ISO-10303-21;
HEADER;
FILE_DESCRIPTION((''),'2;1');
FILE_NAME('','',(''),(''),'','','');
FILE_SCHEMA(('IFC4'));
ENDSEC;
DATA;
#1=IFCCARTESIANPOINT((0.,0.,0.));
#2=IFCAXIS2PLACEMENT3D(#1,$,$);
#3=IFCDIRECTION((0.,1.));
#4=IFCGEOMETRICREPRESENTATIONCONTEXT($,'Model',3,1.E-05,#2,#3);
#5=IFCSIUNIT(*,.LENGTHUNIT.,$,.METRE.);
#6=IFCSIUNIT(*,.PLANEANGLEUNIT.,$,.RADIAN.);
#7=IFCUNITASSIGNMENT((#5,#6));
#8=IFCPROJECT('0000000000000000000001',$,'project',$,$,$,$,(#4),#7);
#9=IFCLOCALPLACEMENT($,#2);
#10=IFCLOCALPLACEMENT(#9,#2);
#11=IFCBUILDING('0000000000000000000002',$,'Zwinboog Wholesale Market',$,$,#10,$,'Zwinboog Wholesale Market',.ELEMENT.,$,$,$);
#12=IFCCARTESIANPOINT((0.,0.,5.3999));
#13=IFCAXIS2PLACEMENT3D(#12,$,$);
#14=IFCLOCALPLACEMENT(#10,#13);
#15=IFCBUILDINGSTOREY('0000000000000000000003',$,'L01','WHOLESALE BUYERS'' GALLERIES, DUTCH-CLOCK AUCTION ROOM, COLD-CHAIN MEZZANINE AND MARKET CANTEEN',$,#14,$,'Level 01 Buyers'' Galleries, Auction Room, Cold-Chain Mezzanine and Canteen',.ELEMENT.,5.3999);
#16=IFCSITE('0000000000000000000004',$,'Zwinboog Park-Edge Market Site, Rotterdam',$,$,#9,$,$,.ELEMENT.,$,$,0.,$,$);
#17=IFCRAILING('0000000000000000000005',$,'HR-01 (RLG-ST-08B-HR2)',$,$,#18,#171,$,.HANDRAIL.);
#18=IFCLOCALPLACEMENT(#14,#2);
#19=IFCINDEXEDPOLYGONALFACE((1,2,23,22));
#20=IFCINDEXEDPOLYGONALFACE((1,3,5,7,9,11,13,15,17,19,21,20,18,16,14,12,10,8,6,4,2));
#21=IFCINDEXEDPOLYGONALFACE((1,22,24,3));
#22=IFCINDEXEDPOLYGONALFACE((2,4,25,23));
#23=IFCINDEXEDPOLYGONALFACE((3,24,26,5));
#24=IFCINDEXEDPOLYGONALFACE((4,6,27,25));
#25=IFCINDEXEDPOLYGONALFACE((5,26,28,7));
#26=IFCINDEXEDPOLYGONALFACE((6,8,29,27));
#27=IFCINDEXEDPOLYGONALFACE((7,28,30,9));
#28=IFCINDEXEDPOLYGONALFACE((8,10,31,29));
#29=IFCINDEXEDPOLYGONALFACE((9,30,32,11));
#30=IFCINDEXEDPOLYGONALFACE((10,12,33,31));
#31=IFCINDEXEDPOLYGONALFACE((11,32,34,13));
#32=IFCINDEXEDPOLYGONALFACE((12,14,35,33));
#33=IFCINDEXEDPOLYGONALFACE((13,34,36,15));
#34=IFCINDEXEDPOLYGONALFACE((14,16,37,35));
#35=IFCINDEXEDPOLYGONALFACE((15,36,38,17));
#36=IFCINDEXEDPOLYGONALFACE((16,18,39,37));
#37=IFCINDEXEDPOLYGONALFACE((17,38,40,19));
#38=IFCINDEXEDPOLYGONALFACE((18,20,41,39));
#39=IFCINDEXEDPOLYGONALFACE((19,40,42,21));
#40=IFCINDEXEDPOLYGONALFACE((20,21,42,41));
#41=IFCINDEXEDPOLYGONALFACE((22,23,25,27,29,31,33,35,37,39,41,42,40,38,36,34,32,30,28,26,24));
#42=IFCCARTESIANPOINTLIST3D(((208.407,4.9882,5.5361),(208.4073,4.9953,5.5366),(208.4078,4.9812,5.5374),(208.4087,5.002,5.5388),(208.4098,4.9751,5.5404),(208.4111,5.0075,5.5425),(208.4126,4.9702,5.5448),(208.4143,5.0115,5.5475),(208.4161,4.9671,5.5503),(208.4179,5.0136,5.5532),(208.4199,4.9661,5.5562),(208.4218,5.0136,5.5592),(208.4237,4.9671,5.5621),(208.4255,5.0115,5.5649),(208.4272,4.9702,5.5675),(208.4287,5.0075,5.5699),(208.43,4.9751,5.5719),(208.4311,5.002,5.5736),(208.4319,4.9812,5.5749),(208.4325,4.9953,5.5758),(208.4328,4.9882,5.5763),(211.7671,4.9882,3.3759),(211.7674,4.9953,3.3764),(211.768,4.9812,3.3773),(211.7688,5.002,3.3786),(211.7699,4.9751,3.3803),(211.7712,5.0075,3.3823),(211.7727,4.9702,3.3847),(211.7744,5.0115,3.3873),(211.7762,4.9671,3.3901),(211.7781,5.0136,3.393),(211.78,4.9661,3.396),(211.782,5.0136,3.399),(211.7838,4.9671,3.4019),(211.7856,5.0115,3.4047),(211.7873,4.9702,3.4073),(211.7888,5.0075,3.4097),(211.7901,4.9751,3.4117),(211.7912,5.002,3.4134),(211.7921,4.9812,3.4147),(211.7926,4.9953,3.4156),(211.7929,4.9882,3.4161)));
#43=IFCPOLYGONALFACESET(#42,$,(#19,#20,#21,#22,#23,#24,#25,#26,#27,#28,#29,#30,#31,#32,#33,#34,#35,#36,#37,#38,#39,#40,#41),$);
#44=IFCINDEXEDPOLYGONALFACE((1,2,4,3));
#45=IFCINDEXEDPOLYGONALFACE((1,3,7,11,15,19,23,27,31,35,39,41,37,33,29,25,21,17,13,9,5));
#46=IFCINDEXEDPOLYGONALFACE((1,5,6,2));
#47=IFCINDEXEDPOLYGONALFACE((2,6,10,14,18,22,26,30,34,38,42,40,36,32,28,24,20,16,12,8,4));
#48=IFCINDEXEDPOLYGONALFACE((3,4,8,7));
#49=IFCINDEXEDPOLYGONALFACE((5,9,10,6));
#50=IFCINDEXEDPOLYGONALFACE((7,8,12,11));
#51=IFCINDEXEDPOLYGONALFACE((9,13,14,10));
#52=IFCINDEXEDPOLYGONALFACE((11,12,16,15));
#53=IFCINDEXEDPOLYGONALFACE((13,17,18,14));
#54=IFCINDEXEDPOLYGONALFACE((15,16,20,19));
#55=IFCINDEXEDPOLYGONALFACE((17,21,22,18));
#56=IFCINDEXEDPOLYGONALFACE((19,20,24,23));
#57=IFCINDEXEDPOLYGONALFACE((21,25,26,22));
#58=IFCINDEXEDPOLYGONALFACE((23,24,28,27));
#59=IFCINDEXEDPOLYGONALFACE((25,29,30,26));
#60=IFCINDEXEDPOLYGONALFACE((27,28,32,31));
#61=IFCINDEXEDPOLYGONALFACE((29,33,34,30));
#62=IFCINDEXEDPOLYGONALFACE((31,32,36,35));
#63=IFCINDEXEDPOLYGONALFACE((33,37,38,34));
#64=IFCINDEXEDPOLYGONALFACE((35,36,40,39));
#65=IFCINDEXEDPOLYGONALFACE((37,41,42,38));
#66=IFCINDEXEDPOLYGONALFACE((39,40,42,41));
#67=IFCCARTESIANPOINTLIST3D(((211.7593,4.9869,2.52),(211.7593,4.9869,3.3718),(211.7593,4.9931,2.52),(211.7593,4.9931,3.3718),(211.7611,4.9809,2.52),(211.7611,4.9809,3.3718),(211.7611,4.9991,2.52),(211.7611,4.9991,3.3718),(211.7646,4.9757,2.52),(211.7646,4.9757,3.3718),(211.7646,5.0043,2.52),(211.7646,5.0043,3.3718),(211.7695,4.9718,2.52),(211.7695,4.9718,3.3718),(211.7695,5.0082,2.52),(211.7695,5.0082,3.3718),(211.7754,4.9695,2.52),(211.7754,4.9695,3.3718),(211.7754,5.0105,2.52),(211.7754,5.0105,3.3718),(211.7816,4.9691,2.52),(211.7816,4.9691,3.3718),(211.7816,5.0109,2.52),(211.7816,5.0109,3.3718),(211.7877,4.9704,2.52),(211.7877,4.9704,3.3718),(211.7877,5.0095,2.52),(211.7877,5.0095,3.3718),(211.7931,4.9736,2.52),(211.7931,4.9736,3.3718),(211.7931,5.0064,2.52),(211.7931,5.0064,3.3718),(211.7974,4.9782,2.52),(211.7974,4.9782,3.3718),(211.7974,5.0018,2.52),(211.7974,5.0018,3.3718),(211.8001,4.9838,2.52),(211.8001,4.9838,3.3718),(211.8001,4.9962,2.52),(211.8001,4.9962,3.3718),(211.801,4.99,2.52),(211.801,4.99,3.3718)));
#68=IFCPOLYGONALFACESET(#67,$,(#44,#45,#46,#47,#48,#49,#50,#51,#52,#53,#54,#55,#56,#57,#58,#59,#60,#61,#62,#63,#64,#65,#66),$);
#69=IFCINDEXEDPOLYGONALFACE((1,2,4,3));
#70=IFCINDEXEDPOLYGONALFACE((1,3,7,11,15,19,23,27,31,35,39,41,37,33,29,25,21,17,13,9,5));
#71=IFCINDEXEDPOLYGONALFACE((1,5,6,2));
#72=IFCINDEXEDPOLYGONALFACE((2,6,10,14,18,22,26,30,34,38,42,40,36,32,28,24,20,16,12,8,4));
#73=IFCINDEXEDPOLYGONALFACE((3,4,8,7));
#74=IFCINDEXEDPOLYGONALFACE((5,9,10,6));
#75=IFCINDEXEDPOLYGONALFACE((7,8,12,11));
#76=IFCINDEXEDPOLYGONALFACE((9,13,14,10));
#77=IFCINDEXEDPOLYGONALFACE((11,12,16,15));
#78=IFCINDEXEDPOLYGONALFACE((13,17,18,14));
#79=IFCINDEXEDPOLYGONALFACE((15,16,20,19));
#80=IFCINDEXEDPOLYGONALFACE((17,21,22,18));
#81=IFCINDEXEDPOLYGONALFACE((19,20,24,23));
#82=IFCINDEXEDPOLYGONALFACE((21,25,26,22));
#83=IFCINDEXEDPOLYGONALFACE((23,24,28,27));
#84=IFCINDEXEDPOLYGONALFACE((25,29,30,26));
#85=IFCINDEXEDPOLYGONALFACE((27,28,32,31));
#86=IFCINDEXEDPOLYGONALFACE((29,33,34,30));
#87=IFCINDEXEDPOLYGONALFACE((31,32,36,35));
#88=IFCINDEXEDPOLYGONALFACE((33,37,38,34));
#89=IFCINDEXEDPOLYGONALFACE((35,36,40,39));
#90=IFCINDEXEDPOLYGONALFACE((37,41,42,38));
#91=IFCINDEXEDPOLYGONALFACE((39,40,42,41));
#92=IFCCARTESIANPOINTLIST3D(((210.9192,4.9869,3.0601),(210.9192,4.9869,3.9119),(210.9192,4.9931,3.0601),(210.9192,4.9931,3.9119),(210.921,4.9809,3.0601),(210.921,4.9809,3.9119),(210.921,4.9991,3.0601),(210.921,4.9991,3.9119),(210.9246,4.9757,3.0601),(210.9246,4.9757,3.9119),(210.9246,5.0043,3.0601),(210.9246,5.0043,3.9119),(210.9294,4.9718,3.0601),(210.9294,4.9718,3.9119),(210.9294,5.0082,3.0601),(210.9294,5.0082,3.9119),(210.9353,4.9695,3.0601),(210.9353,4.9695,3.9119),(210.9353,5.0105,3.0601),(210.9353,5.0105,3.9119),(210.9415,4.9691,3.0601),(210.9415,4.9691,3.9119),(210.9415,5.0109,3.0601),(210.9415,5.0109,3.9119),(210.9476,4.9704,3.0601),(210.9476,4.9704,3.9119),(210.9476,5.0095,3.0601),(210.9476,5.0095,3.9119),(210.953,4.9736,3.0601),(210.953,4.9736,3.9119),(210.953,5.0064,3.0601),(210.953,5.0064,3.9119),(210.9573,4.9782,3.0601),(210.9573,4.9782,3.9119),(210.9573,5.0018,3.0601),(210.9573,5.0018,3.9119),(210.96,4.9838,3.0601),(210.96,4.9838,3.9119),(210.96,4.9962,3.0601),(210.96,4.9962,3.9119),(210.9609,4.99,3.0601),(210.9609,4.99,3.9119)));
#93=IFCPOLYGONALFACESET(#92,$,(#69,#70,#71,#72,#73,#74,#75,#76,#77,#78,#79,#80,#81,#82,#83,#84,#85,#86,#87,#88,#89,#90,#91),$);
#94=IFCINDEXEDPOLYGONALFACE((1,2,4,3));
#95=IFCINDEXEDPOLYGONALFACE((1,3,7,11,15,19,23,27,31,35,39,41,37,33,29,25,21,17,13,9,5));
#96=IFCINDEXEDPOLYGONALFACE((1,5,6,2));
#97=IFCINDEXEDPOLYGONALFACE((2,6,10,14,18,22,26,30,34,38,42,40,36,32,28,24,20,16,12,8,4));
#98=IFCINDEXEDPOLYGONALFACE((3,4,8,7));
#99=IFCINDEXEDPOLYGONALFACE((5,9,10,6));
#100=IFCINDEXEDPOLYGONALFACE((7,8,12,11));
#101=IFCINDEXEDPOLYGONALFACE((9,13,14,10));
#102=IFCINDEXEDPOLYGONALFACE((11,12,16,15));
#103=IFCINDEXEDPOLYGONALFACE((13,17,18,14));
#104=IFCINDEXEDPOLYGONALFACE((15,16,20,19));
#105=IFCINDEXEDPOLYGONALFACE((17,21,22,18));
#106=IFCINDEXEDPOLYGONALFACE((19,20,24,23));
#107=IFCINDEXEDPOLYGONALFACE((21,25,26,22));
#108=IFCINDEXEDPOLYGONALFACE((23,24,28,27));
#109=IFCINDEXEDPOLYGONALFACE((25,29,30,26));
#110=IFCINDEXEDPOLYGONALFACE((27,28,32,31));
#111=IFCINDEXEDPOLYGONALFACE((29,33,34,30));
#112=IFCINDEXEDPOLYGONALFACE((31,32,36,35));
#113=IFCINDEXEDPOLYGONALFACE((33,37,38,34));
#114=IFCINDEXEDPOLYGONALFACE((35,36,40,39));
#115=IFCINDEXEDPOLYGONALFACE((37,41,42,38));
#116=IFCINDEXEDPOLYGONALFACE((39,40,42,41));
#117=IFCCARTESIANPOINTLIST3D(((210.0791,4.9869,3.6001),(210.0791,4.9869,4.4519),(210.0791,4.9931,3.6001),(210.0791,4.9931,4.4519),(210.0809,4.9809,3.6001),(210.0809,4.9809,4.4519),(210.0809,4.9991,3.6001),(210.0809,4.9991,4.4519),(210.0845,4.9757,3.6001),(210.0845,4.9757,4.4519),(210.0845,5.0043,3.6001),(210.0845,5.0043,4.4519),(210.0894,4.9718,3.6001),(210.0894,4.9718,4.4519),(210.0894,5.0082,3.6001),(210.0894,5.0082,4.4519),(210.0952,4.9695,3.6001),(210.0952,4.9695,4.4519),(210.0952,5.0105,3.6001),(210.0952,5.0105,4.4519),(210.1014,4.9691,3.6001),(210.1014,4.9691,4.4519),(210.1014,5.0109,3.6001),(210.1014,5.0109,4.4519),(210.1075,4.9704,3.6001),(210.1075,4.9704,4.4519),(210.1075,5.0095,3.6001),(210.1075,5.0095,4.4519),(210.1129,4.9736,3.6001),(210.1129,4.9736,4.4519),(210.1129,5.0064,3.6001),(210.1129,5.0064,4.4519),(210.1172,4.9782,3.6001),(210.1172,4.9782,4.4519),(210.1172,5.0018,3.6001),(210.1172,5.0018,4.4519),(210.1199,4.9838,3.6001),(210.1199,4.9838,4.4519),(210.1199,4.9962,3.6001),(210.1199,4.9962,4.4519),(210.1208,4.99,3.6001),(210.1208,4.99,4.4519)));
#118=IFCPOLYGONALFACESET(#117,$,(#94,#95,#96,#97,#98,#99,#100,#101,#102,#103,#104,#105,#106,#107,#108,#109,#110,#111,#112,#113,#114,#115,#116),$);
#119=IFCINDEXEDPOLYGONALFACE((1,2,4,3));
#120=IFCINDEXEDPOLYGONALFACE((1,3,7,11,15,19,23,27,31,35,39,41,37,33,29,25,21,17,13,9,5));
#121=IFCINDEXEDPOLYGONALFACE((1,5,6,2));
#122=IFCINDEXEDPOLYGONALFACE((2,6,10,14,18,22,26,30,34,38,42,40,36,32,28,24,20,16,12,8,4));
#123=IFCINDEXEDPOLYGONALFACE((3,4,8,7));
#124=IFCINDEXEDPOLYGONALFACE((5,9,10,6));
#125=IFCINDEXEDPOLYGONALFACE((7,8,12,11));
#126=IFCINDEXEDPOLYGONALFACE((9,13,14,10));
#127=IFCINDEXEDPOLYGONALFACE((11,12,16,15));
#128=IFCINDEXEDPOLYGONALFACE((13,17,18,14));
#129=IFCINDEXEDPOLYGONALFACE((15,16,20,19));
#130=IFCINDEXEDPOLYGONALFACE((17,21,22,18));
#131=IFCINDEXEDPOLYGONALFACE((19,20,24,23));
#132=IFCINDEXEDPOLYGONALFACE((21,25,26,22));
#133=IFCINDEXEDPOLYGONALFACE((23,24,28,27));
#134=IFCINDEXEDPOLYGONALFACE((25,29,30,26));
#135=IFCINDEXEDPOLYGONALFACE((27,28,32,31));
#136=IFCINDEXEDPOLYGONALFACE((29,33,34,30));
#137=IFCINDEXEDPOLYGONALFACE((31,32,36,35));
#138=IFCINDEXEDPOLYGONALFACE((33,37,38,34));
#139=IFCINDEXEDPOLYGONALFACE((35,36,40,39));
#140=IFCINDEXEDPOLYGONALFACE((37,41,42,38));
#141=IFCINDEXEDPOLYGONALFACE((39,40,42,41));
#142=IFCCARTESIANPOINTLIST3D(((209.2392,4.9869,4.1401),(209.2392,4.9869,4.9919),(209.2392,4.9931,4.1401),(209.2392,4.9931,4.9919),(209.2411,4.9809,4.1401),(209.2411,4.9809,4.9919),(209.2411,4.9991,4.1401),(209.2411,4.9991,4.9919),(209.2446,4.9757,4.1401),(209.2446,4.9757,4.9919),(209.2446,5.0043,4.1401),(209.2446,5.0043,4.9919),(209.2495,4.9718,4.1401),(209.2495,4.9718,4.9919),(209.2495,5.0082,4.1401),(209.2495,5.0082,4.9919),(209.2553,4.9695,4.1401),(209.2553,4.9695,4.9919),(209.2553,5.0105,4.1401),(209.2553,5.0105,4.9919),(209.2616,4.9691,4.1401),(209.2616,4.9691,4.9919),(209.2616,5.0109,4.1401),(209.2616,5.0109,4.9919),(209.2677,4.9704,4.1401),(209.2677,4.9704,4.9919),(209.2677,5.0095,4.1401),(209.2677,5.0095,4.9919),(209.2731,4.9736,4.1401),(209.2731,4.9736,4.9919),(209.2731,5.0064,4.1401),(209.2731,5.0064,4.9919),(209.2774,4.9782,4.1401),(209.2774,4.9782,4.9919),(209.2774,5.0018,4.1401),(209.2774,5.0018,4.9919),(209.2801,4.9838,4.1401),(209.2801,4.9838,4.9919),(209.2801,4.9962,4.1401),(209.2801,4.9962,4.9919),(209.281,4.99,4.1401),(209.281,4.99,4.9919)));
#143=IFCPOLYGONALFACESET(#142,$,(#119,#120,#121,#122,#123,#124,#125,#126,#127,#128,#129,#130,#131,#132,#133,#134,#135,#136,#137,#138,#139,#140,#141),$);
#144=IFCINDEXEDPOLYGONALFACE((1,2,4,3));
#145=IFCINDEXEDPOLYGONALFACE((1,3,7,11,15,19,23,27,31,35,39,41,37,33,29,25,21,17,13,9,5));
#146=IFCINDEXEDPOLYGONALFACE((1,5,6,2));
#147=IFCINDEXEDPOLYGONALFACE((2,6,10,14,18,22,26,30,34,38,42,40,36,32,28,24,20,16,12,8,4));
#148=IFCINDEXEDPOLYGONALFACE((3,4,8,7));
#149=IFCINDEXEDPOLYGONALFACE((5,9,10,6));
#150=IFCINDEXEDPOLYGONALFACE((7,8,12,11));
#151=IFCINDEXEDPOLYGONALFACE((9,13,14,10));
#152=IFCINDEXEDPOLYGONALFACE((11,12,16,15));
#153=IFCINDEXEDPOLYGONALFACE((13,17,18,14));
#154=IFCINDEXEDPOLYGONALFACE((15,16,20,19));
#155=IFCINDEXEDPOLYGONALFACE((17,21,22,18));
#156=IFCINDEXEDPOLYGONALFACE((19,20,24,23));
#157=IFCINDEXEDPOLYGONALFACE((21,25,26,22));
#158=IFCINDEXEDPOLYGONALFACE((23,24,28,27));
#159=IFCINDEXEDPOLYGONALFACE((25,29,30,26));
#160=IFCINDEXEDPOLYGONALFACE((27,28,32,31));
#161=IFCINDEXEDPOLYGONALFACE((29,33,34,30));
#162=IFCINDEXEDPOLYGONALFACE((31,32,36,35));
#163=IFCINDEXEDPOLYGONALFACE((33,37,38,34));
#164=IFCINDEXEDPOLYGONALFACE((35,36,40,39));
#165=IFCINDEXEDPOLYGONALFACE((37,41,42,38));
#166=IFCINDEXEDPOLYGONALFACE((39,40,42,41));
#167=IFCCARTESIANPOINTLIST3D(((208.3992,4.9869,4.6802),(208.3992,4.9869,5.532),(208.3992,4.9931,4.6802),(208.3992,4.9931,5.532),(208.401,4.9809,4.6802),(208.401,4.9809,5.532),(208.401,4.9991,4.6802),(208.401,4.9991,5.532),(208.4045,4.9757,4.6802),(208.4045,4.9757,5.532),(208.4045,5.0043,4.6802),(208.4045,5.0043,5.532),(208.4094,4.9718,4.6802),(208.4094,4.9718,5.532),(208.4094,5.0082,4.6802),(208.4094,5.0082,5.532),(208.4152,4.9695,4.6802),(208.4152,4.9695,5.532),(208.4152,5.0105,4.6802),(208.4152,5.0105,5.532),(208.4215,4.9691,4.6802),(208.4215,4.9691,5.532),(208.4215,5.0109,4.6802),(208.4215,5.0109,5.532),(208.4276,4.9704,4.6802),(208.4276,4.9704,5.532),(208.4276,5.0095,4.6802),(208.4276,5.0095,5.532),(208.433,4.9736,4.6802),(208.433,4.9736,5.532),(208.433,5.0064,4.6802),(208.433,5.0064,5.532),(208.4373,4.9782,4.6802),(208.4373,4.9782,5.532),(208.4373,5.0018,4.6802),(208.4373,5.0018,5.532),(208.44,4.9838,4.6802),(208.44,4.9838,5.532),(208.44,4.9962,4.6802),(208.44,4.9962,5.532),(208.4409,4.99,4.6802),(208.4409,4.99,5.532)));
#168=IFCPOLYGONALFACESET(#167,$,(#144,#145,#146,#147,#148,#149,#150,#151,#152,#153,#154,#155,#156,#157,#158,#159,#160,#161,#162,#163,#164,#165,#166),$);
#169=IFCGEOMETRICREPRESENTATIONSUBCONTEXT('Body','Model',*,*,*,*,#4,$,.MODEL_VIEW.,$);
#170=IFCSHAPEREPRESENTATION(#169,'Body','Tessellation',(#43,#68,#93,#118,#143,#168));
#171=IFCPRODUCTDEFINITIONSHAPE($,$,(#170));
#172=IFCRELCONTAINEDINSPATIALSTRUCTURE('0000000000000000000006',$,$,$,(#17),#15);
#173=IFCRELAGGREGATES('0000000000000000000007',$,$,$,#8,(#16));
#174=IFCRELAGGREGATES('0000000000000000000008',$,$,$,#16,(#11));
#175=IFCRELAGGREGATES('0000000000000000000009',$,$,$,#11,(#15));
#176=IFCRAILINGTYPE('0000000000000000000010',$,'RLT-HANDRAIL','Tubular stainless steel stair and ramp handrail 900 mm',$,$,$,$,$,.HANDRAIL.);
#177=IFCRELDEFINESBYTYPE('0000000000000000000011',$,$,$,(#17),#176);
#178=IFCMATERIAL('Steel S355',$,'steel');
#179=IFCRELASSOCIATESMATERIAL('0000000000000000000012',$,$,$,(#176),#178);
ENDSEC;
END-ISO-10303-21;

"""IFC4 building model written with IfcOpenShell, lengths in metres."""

from ifc_helpers import new_model, si_unit, direction, frame, origin, origin_2d, place, context, subcontext, project, spatial, circle, extrude, material, type_object, element, save


model = new_model("IFC4")

# Units and contexts
model_context = context("Model", 3, precision=1e-05, world=origin(), true_north=direction((0.0, 1.0)))
body_context = subcontext(model_context, "Body", "Model", "MODEL_VIEW")
ifc_project = project(units=[si_unit("LENGTHUNIT", "METRE"), si_unit("PLANEANGLEUNIT", "RADIAN")], contexts=[model_context])

# Site, building, storey
site_placement = place(None, origin())
site = spatial("IfcSite", under=ifc_project, at=site_placement, Name="Zwinboog Park-Edge Market Site, Rotterdam", CompositionType="ELEMENT", RefElevation=0.0)
building_placement = place(site_placement, origin())
building = spatial("IfcBuilding", under=site, at=building_placement, Name="Zwinboog Wholesale Market", LongName="Zwinboog Wholesale Market", CompositionType="ELEMENT")
storey_placement = place(building_placement, frame((0.0, 0.0, 5.3999)))
storey = spatial("IfcBuildingStorey", under=building, at=storey_placement, Name="L01", Description="WHOLESALE BUYERS' GALLERIES, DUTCH-CLOCK AUCTION ROOM, COLD-CHAIN MEZZANINE AND MARKET CANTEEN", LongName="Level 01 Buyers' Galleries, Auction Room, Cold-Chain Mezzanine and Canteen", CompositionType="ELEMENT", Elevation=5.3999)

# Shared definitions
ifc_material_1 = material(Name="Steel S355", Category="steel")

# Railing
railing_type_1 = type_object("IfcRailingType", Name="RLT-HANDRAIL", Description="Tubular stainless steel stair and ramp handrail 900 mm", PredefinedType="HANDRAIL", material=ifc_material_1)
railing_1_placement = place(storey_placement, frame((211.78, 4.99, 2.52)))
element("IfcRailing", 1, at=railing_1_placement, inside=storey, type_object=railing_type_1, Name="HR-01 (RLG-ST-08B-HR2)", PredefinedType="HANDRAIL", context=body_context, shape_type="SweptSolid", body=[
    extrude(circle(Radius=0.0239, at=origin_2d()), frame((0.0, 0.0, 0.876), z_axis=(-0.841169, 0.0, 0.540773), x_axis=(0.0, -1.0, 0.0)), (0.0, 0.0, 1.0), 3.9946),
    extrude(circle(Radius=0.021, at=origin_2d()), origin(), (0.0, 0.0, 1.0), 0.8518),
    extrude(circle(Radius=0.021, at=origin_2d()), frame((-0.8401, 0.0, 0.54)), (0.0, 0.0, 1.0), 0.8518),
    extrude(circle(Radius=0.021, at=origin_2d()), frame((-1.6802, 0.0, 1.0801)), (0.0, 0.0, 1.0), 0.8518),
    extrude(circle(Radius=0.021, at=origin_2d()), frame((-2.52, 0.0, 1.6201)), (0.0, 0.0, 1.0), 0.8518),
    extrude(circle(Radius=0.021, at=origin_2d()), frame((-3.3601, 0.0, 2.1602)), (0.0, 0.0, 1.0), 0.8518),
])

save(model, "model.ifc")
